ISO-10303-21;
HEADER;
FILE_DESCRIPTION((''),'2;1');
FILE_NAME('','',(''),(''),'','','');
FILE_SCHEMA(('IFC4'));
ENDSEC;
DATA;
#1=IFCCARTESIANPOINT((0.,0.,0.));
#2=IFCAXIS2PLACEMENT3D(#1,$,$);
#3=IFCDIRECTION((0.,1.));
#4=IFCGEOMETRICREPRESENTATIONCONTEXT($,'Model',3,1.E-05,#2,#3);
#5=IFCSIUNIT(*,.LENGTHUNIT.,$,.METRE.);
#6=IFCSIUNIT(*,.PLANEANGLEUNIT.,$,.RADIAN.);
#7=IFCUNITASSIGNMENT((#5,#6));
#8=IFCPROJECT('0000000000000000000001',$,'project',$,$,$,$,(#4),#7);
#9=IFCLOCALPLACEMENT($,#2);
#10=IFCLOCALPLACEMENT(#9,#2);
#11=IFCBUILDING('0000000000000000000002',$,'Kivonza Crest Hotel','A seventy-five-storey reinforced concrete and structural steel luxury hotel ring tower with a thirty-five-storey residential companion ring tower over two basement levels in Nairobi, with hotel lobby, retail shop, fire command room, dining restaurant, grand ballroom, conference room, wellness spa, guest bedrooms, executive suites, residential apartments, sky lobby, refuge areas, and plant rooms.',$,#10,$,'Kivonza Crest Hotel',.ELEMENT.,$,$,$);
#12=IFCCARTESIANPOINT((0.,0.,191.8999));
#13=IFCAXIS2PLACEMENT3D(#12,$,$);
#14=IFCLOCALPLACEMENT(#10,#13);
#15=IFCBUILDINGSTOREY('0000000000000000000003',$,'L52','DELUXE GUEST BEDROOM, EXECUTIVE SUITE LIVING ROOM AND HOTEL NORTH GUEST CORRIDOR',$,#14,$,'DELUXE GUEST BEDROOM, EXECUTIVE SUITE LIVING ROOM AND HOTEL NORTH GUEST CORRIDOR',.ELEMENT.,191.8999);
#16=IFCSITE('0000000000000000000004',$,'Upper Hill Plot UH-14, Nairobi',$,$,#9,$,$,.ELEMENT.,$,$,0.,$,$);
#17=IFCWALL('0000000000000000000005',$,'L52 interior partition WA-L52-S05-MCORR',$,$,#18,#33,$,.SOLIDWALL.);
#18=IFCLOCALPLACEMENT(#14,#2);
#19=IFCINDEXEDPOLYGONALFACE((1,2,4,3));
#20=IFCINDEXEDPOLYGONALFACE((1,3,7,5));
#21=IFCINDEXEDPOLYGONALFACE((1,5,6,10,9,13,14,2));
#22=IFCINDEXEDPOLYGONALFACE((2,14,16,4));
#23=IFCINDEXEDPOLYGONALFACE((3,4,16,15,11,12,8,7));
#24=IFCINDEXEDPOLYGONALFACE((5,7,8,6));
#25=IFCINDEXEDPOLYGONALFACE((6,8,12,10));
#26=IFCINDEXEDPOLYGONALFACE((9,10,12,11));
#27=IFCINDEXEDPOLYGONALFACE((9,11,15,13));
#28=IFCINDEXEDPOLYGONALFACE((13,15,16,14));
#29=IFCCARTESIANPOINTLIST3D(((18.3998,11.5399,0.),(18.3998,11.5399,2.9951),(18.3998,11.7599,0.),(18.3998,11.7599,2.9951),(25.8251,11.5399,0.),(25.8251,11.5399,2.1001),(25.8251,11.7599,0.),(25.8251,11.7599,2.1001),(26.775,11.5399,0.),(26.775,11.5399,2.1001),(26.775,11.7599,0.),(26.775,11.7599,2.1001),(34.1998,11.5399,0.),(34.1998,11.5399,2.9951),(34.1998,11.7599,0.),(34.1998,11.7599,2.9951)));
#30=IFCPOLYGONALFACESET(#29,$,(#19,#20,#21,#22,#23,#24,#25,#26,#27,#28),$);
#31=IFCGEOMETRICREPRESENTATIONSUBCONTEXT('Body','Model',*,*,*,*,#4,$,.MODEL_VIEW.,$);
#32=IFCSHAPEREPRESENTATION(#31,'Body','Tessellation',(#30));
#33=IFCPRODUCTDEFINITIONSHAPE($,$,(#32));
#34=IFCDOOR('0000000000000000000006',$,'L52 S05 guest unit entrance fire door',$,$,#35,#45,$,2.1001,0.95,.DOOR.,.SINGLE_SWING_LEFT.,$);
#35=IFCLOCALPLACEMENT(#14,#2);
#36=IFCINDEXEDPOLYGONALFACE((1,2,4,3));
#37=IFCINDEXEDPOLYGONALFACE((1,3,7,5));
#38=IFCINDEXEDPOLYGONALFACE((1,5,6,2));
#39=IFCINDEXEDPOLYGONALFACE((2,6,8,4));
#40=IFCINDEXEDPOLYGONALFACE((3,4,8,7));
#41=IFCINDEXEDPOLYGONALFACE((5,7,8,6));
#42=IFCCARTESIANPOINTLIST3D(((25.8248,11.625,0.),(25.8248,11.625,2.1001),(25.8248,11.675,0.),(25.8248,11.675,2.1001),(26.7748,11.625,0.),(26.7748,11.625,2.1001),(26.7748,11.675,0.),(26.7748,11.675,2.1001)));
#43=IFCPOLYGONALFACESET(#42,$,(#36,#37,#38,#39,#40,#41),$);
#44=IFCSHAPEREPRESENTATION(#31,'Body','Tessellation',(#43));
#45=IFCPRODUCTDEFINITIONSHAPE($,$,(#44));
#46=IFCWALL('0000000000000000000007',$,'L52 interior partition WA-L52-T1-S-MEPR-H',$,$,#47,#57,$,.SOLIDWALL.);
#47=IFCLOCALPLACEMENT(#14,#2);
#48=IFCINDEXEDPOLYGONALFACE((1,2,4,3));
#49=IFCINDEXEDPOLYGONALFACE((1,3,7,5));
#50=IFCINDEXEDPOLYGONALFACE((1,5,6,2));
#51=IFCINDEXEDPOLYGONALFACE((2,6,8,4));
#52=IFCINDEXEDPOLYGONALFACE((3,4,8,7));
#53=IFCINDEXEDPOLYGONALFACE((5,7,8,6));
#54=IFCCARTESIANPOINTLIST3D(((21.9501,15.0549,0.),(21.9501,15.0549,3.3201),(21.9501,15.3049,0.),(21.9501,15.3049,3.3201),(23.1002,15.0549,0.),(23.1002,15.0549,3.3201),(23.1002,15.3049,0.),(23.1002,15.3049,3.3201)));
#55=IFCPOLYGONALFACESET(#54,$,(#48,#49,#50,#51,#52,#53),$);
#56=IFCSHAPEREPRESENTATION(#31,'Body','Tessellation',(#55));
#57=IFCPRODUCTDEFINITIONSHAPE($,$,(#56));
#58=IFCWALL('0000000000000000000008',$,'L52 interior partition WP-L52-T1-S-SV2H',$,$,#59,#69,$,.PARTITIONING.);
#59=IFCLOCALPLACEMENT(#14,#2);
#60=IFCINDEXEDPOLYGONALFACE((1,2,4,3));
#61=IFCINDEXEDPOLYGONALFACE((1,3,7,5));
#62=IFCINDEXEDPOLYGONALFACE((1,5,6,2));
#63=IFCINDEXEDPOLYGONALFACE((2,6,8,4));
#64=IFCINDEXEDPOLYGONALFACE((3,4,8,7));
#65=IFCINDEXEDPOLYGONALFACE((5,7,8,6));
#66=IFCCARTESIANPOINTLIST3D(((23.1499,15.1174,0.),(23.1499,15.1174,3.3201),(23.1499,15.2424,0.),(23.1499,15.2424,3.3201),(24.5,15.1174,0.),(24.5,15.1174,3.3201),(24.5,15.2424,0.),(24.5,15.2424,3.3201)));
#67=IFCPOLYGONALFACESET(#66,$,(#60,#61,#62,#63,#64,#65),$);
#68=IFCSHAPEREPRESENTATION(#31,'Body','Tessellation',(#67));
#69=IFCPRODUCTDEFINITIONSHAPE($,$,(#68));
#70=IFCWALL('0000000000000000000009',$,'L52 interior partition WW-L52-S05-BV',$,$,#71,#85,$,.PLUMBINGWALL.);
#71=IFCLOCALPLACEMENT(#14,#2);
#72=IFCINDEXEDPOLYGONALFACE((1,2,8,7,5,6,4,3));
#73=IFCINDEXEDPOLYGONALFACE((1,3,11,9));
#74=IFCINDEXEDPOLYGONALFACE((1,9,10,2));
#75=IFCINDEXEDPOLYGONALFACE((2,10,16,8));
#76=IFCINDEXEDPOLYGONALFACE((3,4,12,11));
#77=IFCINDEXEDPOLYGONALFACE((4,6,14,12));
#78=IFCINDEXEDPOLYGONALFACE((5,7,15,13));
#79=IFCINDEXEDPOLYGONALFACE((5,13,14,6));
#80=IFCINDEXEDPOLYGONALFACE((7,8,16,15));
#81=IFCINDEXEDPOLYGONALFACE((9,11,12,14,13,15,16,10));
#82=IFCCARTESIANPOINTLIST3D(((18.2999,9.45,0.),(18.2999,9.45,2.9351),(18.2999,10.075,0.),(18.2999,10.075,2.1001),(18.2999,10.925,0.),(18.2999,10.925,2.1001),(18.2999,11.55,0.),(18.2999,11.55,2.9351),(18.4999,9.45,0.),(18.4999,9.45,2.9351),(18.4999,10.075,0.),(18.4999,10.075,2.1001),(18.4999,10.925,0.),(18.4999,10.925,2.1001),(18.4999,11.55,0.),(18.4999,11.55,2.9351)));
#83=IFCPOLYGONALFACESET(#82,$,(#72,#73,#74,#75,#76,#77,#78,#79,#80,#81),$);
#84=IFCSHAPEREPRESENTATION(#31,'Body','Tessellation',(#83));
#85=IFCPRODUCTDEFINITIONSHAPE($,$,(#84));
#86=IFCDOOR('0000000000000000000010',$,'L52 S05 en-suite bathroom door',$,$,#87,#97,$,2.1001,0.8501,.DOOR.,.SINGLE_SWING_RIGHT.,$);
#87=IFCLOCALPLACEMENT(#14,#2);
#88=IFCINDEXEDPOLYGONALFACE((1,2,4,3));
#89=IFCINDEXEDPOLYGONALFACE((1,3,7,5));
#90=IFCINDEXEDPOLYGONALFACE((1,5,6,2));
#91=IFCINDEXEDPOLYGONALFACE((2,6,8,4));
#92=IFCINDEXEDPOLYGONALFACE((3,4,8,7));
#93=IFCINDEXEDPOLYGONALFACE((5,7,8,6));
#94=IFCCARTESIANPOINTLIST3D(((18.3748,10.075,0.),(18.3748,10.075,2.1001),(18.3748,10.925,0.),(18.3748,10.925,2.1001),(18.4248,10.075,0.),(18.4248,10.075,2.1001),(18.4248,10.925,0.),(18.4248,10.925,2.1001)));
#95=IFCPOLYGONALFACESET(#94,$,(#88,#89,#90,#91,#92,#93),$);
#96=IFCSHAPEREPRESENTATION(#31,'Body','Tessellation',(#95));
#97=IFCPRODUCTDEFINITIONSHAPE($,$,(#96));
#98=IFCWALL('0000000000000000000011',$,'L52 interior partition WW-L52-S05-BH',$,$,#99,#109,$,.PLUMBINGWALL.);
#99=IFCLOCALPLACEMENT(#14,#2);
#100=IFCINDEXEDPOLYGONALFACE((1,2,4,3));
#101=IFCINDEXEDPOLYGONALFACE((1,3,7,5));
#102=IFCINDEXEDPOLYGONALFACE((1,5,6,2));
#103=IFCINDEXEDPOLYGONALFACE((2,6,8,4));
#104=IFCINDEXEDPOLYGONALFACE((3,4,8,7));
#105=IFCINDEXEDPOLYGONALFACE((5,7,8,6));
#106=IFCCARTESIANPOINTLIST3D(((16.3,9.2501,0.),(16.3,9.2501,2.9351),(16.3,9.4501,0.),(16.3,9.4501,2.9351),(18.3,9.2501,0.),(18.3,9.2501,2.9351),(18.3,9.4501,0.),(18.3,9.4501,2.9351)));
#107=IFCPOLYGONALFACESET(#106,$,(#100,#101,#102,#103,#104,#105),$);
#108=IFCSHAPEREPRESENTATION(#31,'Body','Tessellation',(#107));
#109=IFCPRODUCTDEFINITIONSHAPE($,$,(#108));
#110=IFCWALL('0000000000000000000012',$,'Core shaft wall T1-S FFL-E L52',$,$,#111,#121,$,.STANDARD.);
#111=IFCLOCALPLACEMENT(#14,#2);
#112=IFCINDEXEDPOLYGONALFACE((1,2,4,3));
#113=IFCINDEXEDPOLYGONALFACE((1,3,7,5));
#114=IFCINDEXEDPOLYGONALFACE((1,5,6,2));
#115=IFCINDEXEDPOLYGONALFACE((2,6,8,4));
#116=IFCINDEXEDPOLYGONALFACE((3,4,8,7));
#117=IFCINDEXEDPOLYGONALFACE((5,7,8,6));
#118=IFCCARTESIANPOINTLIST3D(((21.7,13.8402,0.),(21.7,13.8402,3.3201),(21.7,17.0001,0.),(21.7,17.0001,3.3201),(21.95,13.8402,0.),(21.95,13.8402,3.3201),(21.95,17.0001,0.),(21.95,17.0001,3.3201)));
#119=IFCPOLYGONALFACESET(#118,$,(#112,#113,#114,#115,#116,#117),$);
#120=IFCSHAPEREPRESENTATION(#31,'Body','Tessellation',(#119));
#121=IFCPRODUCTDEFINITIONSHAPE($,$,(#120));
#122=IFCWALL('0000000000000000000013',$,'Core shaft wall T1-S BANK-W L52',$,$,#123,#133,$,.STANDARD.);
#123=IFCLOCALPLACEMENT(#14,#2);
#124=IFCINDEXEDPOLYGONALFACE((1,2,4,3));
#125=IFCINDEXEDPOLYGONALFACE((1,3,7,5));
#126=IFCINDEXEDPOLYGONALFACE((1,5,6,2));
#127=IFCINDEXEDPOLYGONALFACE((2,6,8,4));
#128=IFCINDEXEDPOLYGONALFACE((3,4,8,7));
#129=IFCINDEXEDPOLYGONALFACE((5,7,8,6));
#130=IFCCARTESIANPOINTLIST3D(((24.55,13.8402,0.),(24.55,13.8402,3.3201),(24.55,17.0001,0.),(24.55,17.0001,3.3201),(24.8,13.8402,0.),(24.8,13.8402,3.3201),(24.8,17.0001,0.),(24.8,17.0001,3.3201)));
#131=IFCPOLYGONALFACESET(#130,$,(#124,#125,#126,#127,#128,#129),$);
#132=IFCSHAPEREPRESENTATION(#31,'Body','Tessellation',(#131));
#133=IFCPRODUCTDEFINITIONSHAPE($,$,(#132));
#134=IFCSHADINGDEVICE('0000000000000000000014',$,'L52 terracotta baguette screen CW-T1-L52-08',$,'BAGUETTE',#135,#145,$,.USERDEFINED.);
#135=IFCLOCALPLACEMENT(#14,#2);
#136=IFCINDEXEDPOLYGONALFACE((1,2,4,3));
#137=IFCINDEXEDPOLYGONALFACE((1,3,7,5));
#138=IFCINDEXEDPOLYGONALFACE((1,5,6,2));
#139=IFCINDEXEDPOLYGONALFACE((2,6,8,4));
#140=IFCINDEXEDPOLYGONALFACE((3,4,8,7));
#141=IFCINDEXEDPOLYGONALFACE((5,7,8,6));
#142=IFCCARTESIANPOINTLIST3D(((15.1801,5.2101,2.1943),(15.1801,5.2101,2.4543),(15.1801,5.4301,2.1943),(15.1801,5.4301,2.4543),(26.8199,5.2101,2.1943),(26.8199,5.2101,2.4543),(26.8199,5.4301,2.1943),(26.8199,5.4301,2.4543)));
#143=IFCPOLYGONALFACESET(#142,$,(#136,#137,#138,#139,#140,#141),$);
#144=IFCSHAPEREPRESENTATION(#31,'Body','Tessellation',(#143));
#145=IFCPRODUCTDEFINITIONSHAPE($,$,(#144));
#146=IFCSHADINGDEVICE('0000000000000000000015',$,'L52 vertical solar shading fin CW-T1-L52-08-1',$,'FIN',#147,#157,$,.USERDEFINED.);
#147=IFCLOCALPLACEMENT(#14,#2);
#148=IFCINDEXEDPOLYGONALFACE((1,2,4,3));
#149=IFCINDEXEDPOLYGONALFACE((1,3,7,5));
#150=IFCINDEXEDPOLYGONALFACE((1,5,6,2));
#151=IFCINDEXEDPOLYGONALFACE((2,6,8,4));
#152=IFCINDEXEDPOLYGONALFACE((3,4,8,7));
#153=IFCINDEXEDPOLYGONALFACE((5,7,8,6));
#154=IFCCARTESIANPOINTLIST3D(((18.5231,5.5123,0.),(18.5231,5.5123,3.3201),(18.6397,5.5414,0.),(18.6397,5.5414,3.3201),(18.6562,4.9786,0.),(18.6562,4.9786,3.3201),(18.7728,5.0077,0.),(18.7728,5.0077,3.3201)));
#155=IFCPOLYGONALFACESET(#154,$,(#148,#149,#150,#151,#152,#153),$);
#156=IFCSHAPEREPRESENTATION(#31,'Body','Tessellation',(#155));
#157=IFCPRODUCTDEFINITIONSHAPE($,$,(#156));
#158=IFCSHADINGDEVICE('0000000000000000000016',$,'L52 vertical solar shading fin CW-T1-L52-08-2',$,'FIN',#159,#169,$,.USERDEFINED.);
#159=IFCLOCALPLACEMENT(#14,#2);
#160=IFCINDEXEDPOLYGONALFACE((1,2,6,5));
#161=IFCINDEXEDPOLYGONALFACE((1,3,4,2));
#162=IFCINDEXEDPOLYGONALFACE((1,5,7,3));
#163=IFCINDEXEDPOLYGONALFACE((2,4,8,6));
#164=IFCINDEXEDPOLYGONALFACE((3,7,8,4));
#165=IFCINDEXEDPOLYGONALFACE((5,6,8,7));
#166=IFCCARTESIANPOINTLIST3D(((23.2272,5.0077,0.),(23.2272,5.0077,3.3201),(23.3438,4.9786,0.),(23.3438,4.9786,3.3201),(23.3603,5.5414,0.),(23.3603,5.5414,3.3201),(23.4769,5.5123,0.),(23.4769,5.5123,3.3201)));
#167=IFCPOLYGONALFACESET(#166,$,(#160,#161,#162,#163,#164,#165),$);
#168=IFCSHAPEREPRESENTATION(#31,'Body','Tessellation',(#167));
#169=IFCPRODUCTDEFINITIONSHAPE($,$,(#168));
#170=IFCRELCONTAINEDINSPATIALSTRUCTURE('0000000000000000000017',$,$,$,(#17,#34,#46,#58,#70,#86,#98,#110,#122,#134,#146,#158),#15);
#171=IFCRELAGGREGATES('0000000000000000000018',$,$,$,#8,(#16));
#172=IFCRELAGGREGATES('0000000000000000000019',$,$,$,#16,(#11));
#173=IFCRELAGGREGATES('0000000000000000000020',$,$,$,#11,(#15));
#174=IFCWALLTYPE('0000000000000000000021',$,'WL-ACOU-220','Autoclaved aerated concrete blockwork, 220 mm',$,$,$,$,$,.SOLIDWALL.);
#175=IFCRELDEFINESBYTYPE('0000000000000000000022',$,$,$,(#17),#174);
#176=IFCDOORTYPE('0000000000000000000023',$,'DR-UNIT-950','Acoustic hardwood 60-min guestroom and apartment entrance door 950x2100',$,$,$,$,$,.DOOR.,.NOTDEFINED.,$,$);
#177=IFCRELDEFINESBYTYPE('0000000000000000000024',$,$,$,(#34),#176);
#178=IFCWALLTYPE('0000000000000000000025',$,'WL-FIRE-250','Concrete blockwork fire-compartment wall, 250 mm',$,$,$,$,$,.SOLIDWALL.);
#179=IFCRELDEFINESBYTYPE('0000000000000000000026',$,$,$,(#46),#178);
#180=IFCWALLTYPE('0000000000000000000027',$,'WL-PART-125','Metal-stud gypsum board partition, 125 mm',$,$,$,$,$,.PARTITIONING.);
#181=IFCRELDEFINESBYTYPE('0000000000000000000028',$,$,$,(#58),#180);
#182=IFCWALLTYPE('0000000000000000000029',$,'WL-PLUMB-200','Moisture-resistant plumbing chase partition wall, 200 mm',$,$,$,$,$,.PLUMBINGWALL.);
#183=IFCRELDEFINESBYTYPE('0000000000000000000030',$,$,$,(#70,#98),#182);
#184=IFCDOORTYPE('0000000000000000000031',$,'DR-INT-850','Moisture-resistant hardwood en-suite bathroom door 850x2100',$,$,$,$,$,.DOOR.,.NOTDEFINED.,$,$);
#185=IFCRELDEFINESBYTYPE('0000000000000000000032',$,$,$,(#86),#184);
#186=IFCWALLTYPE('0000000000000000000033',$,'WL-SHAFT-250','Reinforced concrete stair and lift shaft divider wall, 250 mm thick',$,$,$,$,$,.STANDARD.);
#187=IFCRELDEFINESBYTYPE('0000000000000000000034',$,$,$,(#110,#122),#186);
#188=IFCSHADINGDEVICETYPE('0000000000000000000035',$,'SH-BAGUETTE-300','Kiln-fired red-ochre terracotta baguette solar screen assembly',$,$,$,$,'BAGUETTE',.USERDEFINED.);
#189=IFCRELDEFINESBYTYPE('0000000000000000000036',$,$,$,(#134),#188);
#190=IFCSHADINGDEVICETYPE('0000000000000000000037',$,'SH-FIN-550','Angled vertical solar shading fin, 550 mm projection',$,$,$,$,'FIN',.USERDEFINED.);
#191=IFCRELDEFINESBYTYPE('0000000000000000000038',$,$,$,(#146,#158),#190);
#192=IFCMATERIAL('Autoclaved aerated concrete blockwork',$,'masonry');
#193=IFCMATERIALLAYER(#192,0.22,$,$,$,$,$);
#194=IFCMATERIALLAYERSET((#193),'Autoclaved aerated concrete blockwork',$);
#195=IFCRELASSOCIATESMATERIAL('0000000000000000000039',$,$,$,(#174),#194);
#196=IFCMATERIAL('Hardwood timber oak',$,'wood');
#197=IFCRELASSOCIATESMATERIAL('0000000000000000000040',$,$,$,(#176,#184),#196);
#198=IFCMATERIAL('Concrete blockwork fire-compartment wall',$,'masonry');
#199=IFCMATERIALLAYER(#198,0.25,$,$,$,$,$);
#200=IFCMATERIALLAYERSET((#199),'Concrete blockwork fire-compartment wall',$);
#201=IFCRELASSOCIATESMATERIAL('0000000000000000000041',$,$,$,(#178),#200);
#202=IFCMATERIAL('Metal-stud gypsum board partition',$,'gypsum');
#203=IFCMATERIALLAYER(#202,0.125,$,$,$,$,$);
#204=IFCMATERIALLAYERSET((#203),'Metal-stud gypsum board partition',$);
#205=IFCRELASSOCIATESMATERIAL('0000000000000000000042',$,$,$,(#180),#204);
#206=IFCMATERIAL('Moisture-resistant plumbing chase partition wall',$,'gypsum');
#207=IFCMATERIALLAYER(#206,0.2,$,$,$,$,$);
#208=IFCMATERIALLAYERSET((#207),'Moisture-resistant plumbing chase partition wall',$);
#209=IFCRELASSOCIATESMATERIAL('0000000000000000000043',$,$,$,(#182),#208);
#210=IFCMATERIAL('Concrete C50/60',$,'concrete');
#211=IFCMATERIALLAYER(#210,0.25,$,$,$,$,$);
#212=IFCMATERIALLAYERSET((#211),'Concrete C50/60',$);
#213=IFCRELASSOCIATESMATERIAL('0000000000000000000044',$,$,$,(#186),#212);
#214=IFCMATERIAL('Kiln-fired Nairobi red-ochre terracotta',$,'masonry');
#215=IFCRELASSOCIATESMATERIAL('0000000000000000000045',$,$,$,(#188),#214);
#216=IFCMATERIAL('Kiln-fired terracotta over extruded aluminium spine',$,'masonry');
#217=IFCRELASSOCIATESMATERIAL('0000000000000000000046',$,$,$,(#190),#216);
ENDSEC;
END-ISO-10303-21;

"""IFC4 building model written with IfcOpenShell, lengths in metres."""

from ifc_helpers import new_model, si_unit, direction, frame, frame_2d, origin, origin_2d, place, context, subcontext, project, spatial, rectangle, extrude, material, layer, layer_set, type_object, element, fill, save


model = new_model("IFC4")

# Units and contexts
model_context = context("Model", 3, precision=1e-05, world=origin(), true_north=direction((0.0, 1.0)))
body_context = subcontext(model_context, "Body", "Model", "MODEL_VIEW")
ifc_project = project(units=[si_unit("LENGTHUNIT", "METRE"), si_unit("PLANEANGLEUNIT", "RADIAN")], contexts=[model_context])

# Site, building, storey
site_placement = place(None, origin())
site = spatial("IfcSite", under=ifc_project, at=site_placement, Name="Upper Hill Plot UH-14, Nairobi", CompositionType="ELEMENT", RefElevation=0.0)
building_placement = place(site_placement, origin())
building = spatial("IfcBuilding", under=site, at=building_placement, Name="Kivonza Crest Hotel", Description="A seventy-five-storey reinforced concrete and structural steel luxury hotel ring tower with a thirty-five-storey residential companion ring tower over two basement levels in Nairobi, with hotel lobby, retail shop, fire command room, dining restaurant, grand ballroom, conference room, wellness spa, guest bedrooms, executive suites, residential apartments, sky lobby, refuge areas, and plant rooms.", LongName="Kivonza Crest Hotel", CompositionType="ELEMENT")
storey_placement = place(building_placement, frame((0.0, 0.0, 191.8999)))
storey = spatial("IfcBuildingStorey", under=building, at=storey_placement, Name="L52", Description="DELUXE GUEST BEDROOM, EXECUTIVE SUITE LIVING ROOM AND HOTEL NORTH GUEST CORRIDOR", LongName="DELUXE GUEST BEDROOM, EXECUTIVE SUITE LIVING ROOM AND HOTEL NORTH GUEST CORRIDOR", CompositionType="ELEMENT", Elevation=191.8999)

# Shared definitions
ifc_material_1 = material(Name="Concrete C50/60", Category="concrete")

# Shared definitions
ifc_material_2 = material(Name="Autoclaved aerated concrete blockwork", Category="masonry")
ifc_layer_1 = layer(ifc_material_2, 0.22)
ifc_layer_set_1 = layer_set([ifc_layer_1], Name="Autoclaved aerated concrete blockwork")
wall_type_1 = type_object("IfcWallType", Name="WL-ACOU-220", Description="Autoclaved aerated concrete blockwork, 220 mm", PredefinedType="SOLIDWALL", material=ifc_layer_set_1)

# Wall, opening, door
wall_1_placement = place(storey_placement, frame((18.3999, 11.6499, 0.0), z_axis=(0.0, 0.0, 1.0), x_axis=(1.0, 0.0, 0.0)))
wall_1 = element("IfcWall", 1, at=wall_1_placement, inside=storey, type_object=wall_type_1, Name="L52 interior partition WA-L52-S05-MCORR", PredefinedType="SOLIDWALL", context=body_context, shape_type="SweptSolid", body=[
    extrude(rectangle(XDim=15.8, YDim=0.22, at=frame_2d((7.8999, 0.0))), origin(), (0.0, 0.0, 1.0), 2.9951),
])
opening_1_placement = place(wall_1_placement, frame((7.425, 0.0, 0.0)))
opening_1 = element("IfcOpeningElement", 2, at=opening_1_placement, cuts=wall_1, PredefinedType="OPENING", context=body_context, shape_type="SweptSolid", body=[
    extrude(rectangle(XDim=0.95, YDim=2.1001, at=frame_2d((0.4751, 1.05))), frame((0.0, 0.1201, 0.0), z_axis=(0.0, -1.0, 0.0), x_axis=(1.0, 0.0, 0.0)), (0.0, 0.0, 1.0), 0.24),
])
ifc_material_3 = material(Name="Hardwood timber oak", Category="wood")
door_type_1 = type_object("IfcDoorType", Name="DR-UNIT-950", Description="Acoustic hardwood 60-min guestroom and apartment entrance door 950x2100", OperationType="NOTDEFINED", PredefinedType="DOOR", material=ifc_material_3)
door_1_placement = place(opening_1_placement, frame((0.95, 0.0, 0.0), z_axis=(0.0, 0.0, 1.0), x_axis=(-1.0, 0.0, 0.0)))
door_1 = element("IfcDoor", 3, at=door_1_placement, inside=storey, type_object=door_type_1, Name="L52 S05 guest unit entrance fire door", OperationType="SINGLE_SWING_LEFT", OverallHeight=2.1001, OverallWidth=0.95, PredefinedType="DOOR", context=body_context, shape_type="SweptSolid", body=[
    extrude(rectangle(XDim=0.95, YDim=2.1001, at=frame_2d((0.4751, 1.05))), frame((0.0, 0.0249, 0.0), z_axis=(0.0, -1.0, 0.0), x_axis=(1.0, 0.0, 0.0)), (0.0, 0.0, 1.0), 0.05),
])
fill(opening_1, door_1)

# Walls
ifc_material_4 = material(Name="Concrete blockwork fire-compartment wall", Category="masonry")
ifc_layer_2 = layer(ifc_material_4, 0.25)
ifc_layer_set_2 = layer_set([ifc_layer_2], Name="Concrete blockwork fire-compartment wall")
wall_type_2 = type_object("IfcWallType", Name="WL-FIRE-250", Description="Concrete blockwork fire-compartment wall, 250 mm", PredefinedType="SOLIDWALL", material=ifc_layer_set_2)
wall_2_placement = place(storey_placement, frame((21.95, 15.1799, 0.0), z_axis=(0.0, 0.0, 1.0), x_axis=(1.0, 0.0, 0.0)))
element("IfcWall", 4, at=wall_2_placement, inside=storey, type_object=wall_type_2, Name="L52 interior partition WA-L52-T1-S-MEPR-H", PredefinedType="SOLIDWALL", context=body_context, shape_type="SweptSolid", body=[
    extrude(rectangle(XDim=1.1501, YDim=0.25, at=frame_2d((0.5752, 0.0))), origin(), (0.0, 0.0, 1.0), 3.3201),
])
ifc_material_5 = material(Name="Metal-stud gypsum board partition", Category="gypsum")
ifc_layer_3 = layer(ifc_material_5, 0.125)
ifc_layer_set_3 = layer_set([ifc_layer_3], Name="Metal-stud gypsum board partition")
wall_type_3 = type_object("IfcWallType", Name="WL-PART-125", Description="Metal-stud gypsum board partition, 125 mm", PredefinedType="PARTITIONING", material=ifc_layer_set_3)
wall_3_placement = place(storey_placement, frame((23.1499, 15.1799, 0.0), z_axis=(0.0, 0.0, 1.0), x_axis=(1.0, 0.0, 0.0)))
element("IfcWall", 5, at=wall_3_placement, inside=storey, type_object=wall_type_3, Name="L52 interior partition WP-L52-T1-S-SV2H", PredefinedType="PARTITIONING", context=body_context, shape_type="SweptSolid", body=[
    extrude(rectangle(XDim=1.3501, YDim=0.125, at=frame_2d((0.675, 0.0))), origin(), (0.0, 0.0, 1.0), 3.3201),
])

# Wall, opening, door
ifc_material_6 = material(Name="Moisture-resistant plumbing chase partition wall", Category="gypsum")
ifc_layer_4 = layer(ifc_material_6, 0.2)
ifc_layer_set_4 = layer_set([ifc_layer_4], Name="Moisture-resistant plumbing chase partition wall")
wall_type_4 = type_object("IfcWallType", Name="WL-PLUMB-200", Description="Moisture-resistant plumbing chase partition wall, 200 mm", PredefinedType="PLUMBINGWALL", material=ifc_layer_set_4)
wall_4_placement = place(storey_placement, frame((18.3999, 9.45, 0.0), z_axis=(0.0, 0.0, 1.0), x_axis=(0.0, 1.0, 0.0)))
wall_4 = element("IfcWall", 6, at=wall_4_placement, inside=storey, type_object=wall_type_4, Name="L52 interior partition WW-L52-S05-BV", PredefinedType="PLUMBINGWALL", context=body_context, shape_type="SweptSolid", body=[
    extrude(rectangle(XDim=2.1001, YDim=0.2, at=frame_2d((1.05, 0.0))), origin(), (0.0, 0.0, 1.0), 2.9351),
])
opening_2_placement = place(wall_4_placement, frame((0.625, 0.0, 0.0)))
opening_2 = element("IfcOpeningElement", 7, at=opening_2_placement, cuts=wall_4, PredefinedType="OPENING", context=body_context, shape_type="SweptSolid", body=[
    extrude(rectangle(XDim=0.8501, YDim=2.1001, at=frame_2d((0.425, 1.05))), frame((0.0, 0.1099, 0.0), z_axis=(0.0, -1.0, 0.0), x_axis=(1.0, 0.0, 0.0)), (0.0, 0.0, 1.0), 0.22),
])
door_type_2 = type_object("IfcDoorType", Name="DR-INT-850", Description="Moisture-resistant hardwood en-suite bathroom door 850x2100", OperationType="NOTDEFINED", PredefinedType="DOOR", material=ifc_material_3)
door_2_placement = place(opening_2_placement, frame((0.8501, 0.0, 0.0), z_axis=(0.0, 0.0, 1.0), x_axis=(-1.0, 0.0, 0.0)))
door_2 = element("IfcDoor", 8, at=door_2_placement, inside=storey, type_object=door_type_2, Name="L52 S05 en-suite bathroom door", OperationType="SINGLE_SWING_RIGHT", OverallHeight=2.1001, OverallWidth=0.8501, PredefinedType="DOOR", context=body_context, shape_type="SweptSolid", body=[
    extrude(rectangle(XDim=0.8501, YDim=2.1001, at=frame_2d((0.425, 1.05))), frame((0.0, 0.0249, 0.0), z_axis=(0.0, -1.0, 0.0), x_axis=(1.0, 0.0, 0.0)), (0.0, 0.0, 1.0), 0.05),
])
fill(opening_2, door_2)

# Wall
wall_5_placement = place(storey_placement, frame((16.3, 9.3501, 0.0), z_axis=(0.0, 0.0, 1.0), x_axis=(1.0, 0.0, 0.0)))
element("IfcWall", 9, at=wall_5_placement, inside=storey, type_object=wall_type_4, Name="L52 interior partition WW-L52-S05-BH", PredefinedType="PLUMBINGWALL", context=body_context, shape_type="SweptSolid", body=[
    extrude(rectangle(XDim=2.0, YDim=0.2, at=frame_2d((1.0, 0.0))), origin(), (0.0, 0.0, 1.0), 2.9351),
])

# Shared definitions
ifc_layer_5 = layer(ifc_material_1, 0.25)
ifc_layer_set_5 = layer_set([ifc_layer_5], Name="Concrete C50/60")
wall_type_5 = type_object("IfcWallType", Name="WL-SHAFT-250", Description="Reinforced concrete stair and lift shaft divider wall, 250 mm thick", PredefinedType="STANDARD", material=ifc_layer_set_5)

# Walls
for number, where, z_axis, x_axis, name in (
    (10, (21.825, 13.8401, 0.0), (0.0, 0.0, 1.0), (0.0, 1.0, 0.0), "Core shaft wall T1-S FFL-E L52"),
    (11, (24.675, 13.8401, 0.0), (0.0, 0.0, 1.0), (0.0, 1.0, 0.0), "Core shaft wall T1-S BANK-W L52"),
):
    element("IfcWall", number, at=place(storey_placement, frame(where, z_axis=z_axis, x_axis=x_axis)), inside=storey, type_object=wall_type_5, Name=name, PredefinedType="STANDARD", context=body_context, shape_type="SweptSolid", body=[
        extrude(rectangle(XDim=3.1599, YDim=0.25, at=frame_2d((1.5801, 0.0))), origin(), (0.0, 0.0, 1.0), 3.3201),
    ])

# Shading devices
ifc_material_7 = material(Name="Kiln-fired Nairobi red-ochre terracotta", Category="masonry")
shading_device_type_1 = type_object("IfcShadingDeviceType", Name="SH-BAGUETTE-300", Description="Kiln-fired red-ochre terracotta baguette solar screen assembly", ElementType="BAGUETTE", PredefinedType="USERDEFINED", material=ifc_material_7)
shading_device_placement = place(storey_placement, frame((21.0, 5.3201, 2.1943), z_axis=(0.0, 0.0, 1.0), x_axis=(1.0, 0.0, 0.0)))
element("IfcShadingDevice", 12, at=shading_device_placement, inside=storey, type_object=shading_device_type_1, Name="L52 terracotta baguette screen CW-T1-L52-08", ObjectType="BAGUETTE", PredefinedType="USERDEFINED", context=body_context, shape_type="SweptSolid", body=[
    extrude(rectangle(XDim=11.6399, YDim=0.22, at=origin_2d()), origin(), (0.0, 0.0, 1.0), 0.26),
])
ifc_material_8 = material(Name="Kiln-fired terracotta over extruded aluminium spine", Category="masonry")
shading_device_type_2 = type_object("IfcShadingDeviceType", Name="SH-FIN-550", Description="Angled vertical solar shading fin, 550 mm projection", ElementType="FIN", PredefinedType="USERDEFINED", material=ifc_material_8)
for number, where, z_axis, x_axis, name in (
    (13, (18.6479, 5.26, 0.0), (0.0, 0.0, 1.0), (0.970296, 0.241922, 0.0), "L52 vertical solar shading fin CW-T1-L52-08-1"),
    (14, (23.3521, 5.26, 0.0), (0.0, 0.0, 1.0), (0.970296, -0.241922, 0.0), "L52 vertical solar shading fin CW-T1-L52-08-2"),
):
    element("IfcShadingDevice", number, at=place(storey_placement, frame(where, z_axis=z_axis, x_axis=x_axis)), inside=storey, type_object=shading_device_type_2, Name=name, ObjectType="FIN", PredefinedType="USERDEFINED", context=body_context, shape_type="SweptSolid", body=[
        extrude(rectangle(XDim=0.1201, YDim=0.55, at=origin_2d()), origin(), (0.0, 0.0, 1.0), 3.3201),
    ])

save(model, "model.ifc")
